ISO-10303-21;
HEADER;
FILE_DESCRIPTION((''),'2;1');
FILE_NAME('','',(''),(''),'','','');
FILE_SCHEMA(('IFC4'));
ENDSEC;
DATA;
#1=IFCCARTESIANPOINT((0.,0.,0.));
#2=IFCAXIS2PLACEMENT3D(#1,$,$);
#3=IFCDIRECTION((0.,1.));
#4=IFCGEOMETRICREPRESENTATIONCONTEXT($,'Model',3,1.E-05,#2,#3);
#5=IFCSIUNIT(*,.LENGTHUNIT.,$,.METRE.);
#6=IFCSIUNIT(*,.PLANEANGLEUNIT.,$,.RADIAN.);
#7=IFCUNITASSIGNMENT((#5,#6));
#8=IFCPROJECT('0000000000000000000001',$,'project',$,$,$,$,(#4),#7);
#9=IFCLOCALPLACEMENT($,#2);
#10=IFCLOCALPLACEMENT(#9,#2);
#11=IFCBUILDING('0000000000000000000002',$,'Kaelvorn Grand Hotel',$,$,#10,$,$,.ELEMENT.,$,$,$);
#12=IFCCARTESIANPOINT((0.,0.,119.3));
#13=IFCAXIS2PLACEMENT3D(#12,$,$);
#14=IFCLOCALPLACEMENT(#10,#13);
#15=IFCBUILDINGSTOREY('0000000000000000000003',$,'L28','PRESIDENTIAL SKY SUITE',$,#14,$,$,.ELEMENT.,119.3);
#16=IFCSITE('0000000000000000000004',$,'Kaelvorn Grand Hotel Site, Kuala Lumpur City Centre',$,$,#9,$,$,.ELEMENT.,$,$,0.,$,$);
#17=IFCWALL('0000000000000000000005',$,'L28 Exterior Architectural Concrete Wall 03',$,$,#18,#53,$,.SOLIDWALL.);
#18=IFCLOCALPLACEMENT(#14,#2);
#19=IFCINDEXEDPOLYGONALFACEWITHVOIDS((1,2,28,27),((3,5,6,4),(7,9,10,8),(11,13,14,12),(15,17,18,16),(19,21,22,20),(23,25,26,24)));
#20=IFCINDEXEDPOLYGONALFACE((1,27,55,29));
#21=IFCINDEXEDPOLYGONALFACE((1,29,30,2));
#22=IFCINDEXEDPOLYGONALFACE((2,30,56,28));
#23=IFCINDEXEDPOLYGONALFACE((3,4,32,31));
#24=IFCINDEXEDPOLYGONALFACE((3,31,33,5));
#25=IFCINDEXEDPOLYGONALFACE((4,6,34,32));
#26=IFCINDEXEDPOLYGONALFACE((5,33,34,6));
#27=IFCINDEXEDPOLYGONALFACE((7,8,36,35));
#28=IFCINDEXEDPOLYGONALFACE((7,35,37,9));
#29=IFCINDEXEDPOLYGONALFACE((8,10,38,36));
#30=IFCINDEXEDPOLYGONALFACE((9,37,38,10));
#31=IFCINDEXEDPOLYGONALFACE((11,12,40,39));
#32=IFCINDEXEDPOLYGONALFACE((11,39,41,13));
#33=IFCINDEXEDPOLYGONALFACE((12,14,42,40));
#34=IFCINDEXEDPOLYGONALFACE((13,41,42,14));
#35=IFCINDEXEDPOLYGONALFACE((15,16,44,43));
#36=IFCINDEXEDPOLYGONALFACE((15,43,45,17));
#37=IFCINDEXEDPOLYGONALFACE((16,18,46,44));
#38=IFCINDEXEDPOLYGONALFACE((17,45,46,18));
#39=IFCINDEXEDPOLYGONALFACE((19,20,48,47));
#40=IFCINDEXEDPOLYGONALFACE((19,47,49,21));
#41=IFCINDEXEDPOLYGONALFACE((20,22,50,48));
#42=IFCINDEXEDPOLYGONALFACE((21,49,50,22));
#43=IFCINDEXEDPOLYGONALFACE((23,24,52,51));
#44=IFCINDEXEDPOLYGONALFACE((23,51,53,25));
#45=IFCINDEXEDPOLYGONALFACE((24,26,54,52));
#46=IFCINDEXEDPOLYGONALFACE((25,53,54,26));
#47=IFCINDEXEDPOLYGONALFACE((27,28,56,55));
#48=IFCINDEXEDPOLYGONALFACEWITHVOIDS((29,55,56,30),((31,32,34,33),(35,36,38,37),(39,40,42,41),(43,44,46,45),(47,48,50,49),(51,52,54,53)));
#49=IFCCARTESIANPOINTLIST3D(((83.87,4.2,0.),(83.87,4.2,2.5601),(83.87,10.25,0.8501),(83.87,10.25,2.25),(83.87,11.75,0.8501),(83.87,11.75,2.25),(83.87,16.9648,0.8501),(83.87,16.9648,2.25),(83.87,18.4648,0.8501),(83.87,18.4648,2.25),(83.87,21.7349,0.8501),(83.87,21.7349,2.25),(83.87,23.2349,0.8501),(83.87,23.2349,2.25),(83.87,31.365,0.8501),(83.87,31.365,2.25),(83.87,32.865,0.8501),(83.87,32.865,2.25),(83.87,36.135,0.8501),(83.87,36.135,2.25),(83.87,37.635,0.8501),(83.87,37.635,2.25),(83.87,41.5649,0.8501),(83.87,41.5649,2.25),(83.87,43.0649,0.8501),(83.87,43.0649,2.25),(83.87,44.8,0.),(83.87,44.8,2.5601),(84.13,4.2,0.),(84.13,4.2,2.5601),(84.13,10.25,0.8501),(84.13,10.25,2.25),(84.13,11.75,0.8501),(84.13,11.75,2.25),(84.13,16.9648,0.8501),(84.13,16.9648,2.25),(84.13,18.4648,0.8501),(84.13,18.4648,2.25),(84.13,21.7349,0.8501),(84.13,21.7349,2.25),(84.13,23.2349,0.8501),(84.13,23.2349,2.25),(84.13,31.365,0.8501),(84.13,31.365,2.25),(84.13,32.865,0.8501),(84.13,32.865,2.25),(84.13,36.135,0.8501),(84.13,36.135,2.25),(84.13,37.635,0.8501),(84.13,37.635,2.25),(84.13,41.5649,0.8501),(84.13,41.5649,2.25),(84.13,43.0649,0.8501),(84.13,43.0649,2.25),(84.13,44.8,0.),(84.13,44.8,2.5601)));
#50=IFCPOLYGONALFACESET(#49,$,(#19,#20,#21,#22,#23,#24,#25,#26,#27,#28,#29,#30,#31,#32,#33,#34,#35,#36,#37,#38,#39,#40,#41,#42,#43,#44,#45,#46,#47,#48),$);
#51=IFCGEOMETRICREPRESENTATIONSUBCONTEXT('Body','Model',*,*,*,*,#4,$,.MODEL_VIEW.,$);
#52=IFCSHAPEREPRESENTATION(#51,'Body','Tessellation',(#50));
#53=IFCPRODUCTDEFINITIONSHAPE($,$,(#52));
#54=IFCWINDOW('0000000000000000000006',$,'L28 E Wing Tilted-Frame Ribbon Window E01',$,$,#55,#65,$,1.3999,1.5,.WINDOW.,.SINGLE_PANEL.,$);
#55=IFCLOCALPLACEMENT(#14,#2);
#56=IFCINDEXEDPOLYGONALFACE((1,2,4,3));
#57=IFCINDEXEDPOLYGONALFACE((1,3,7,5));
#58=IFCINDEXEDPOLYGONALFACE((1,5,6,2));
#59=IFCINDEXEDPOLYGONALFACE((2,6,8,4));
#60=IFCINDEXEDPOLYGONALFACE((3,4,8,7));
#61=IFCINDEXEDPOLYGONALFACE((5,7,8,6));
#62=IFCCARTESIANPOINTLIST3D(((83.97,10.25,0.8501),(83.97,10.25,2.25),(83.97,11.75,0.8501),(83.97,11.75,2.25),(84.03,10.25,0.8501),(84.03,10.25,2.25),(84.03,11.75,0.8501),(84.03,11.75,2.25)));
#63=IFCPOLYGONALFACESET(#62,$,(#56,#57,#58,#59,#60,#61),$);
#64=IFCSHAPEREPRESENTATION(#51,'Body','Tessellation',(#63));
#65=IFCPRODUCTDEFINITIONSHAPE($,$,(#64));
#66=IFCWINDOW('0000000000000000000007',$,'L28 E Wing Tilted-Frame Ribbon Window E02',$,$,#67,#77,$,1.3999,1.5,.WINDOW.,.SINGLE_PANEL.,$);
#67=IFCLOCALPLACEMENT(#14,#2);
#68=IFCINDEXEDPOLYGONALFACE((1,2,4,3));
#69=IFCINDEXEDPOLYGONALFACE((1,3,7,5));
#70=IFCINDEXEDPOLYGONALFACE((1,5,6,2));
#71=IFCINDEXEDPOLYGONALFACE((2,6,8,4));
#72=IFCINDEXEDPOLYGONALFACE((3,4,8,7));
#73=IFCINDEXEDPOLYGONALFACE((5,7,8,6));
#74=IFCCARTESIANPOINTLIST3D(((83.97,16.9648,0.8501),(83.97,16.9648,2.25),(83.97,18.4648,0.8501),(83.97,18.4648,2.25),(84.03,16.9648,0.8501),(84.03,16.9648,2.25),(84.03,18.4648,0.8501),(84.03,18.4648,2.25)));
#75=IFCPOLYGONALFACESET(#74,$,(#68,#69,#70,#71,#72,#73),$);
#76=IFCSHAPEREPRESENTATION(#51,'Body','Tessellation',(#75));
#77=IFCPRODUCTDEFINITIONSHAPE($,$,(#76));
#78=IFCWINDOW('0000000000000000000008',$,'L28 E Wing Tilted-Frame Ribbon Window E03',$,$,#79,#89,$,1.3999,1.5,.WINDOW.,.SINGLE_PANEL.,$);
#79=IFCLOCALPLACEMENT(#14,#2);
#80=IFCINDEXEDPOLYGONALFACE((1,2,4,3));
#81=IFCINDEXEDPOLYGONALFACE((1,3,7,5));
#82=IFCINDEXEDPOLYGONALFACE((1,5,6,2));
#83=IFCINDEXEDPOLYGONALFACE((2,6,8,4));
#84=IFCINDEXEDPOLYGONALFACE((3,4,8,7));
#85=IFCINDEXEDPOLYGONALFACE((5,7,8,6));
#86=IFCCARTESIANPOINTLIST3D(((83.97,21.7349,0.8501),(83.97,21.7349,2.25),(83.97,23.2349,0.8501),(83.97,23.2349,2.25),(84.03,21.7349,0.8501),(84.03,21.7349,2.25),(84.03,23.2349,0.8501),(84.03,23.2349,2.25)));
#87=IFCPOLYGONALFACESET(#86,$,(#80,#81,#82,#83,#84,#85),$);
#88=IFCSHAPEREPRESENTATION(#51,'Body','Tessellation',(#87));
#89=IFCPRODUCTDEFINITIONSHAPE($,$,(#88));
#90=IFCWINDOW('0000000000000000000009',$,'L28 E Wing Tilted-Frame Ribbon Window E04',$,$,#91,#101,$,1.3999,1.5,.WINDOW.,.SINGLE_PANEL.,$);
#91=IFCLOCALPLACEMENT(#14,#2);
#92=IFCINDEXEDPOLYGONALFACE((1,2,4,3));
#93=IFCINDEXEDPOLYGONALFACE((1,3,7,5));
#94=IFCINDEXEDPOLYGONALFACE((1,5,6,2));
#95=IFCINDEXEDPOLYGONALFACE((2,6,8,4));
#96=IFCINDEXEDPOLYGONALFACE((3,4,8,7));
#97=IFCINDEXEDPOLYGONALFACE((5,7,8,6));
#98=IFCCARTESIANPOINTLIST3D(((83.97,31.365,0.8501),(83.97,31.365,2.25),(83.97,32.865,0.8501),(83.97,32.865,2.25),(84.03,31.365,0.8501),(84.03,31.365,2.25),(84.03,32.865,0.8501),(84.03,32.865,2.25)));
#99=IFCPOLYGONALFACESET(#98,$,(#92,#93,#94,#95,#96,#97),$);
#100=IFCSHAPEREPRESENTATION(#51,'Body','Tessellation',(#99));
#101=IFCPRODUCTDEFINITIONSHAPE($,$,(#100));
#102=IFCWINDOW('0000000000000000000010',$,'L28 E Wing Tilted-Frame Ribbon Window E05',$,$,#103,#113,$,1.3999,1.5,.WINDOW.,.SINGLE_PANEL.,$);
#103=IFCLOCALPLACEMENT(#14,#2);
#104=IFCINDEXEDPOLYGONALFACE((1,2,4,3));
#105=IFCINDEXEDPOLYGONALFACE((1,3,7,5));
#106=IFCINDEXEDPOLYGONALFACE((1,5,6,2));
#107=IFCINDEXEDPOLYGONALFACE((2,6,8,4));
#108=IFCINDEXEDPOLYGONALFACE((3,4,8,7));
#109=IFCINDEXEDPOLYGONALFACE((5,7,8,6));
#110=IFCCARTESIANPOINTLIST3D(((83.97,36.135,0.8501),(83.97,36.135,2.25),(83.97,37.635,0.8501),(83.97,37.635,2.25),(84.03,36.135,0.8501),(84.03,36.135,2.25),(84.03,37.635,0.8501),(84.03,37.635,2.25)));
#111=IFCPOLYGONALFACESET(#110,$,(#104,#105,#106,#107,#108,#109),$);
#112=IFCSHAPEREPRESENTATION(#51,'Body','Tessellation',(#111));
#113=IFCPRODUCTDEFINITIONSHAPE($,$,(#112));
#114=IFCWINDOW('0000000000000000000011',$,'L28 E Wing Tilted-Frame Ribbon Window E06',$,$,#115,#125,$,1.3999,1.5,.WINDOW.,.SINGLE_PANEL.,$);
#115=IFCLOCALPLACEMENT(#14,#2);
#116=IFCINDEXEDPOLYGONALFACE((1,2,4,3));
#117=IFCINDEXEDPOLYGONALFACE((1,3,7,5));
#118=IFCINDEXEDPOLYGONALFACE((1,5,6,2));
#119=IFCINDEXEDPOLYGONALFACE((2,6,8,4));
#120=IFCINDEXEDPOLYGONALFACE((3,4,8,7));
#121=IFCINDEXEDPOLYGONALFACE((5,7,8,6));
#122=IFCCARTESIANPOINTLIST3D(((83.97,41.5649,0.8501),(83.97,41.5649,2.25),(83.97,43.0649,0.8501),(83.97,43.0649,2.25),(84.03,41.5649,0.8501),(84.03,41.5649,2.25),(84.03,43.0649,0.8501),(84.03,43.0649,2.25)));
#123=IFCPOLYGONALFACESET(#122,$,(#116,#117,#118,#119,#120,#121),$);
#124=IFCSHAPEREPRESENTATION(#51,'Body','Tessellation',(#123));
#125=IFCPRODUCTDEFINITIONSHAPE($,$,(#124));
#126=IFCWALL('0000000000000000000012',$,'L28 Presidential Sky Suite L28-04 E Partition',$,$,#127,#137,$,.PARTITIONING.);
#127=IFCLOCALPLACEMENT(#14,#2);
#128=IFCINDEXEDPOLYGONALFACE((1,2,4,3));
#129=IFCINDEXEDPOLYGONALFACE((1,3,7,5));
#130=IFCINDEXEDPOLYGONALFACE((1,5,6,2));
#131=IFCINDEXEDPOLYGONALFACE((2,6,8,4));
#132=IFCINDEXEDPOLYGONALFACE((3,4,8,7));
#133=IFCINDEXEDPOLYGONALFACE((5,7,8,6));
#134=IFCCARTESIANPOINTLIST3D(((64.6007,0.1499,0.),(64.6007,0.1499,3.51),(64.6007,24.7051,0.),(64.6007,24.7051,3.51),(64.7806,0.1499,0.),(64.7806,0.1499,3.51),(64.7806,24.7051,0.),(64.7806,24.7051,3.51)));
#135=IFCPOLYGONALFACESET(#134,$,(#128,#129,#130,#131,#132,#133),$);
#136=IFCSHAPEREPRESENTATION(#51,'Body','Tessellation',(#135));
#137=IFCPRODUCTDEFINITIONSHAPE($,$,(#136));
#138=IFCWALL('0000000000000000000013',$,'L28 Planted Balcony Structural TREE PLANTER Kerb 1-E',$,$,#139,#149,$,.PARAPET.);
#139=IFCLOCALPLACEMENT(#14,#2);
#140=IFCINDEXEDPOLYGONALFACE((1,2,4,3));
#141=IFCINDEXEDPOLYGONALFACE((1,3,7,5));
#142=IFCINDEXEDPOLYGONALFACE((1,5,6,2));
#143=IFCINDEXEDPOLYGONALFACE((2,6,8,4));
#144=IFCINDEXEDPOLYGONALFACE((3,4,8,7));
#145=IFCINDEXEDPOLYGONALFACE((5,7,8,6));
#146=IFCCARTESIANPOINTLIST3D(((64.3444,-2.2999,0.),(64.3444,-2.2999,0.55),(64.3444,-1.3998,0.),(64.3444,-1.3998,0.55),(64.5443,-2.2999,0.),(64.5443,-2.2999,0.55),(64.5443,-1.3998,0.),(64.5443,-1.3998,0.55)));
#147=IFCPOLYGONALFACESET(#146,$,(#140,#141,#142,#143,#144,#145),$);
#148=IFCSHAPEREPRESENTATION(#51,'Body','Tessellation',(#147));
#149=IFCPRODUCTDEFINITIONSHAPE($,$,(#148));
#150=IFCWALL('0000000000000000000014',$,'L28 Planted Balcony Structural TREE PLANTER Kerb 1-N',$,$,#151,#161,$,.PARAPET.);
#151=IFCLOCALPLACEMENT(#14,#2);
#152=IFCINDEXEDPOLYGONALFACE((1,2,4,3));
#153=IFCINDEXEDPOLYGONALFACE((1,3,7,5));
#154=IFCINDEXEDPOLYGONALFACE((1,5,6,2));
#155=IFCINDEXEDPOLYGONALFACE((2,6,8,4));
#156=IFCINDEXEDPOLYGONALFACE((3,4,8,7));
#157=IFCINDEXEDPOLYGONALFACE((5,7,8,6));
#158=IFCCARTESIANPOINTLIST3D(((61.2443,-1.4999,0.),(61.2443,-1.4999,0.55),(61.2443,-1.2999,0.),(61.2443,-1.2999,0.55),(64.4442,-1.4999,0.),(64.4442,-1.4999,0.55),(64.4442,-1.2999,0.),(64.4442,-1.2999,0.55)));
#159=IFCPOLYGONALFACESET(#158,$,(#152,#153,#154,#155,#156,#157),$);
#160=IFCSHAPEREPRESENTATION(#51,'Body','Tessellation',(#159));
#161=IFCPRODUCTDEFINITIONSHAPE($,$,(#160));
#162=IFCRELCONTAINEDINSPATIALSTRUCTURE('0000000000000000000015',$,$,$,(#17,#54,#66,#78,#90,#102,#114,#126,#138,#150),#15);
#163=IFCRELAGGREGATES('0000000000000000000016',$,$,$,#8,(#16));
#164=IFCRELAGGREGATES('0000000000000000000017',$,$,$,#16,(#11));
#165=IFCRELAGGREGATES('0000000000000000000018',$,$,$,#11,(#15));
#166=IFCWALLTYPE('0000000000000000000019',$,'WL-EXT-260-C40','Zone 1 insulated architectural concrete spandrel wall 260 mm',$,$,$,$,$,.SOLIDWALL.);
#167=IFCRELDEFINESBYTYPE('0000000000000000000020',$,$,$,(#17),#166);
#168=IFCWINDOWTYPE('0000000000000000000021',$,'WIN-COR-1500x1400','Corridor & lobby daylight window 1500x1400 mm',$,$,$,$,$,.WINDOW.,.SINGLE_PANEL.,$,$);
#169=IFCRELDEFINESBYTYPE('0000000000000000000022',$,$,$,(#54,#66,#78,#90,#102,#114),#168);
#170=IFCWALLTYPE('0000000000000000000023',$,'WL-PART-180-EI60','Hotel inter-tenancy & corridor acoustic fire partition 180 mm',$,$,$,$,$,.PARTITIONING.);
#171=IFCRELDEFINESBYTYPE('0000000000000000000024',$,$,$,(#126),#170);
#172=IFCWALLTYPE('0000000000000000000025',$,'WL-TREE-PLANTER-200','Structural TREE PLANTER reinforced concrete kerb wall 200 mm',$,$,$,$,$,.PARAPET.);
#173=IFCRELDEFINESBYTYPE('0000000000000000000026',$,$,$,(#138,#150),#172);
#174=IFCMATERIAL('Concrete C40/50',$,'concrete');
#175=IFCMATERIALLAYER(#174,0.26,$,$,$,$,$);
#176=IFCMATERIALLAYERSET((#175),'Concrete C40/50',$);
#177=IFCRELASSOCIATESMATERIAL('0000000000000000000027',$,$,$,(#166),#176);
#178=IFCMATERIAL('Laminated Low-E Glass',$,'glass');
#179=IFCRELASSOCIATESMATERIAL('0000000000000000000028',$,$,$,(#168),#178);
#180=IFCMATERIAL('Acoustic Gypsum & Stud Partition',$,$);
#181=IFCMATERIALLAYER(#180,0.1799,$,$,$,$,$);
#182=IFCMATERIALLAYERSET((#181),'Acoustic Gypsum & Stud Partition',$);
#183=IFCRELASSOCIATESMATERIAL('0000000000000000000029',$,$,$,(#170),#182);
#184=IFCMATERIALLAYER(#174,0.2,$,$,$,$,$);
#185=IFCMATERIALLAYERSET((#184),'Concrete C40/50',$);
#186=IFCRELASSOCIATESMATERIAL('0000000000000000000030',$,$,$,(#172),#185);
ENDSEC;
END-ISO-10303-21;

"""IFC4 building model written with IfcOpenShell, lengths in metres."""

from ifc_helpers import new_model, si_unit, direction, frame, frame_2d, origin, place, context, subcontext, project, spatial, rectangle, extrude, material, layer, layer_set, type_object, element, fill, save


model = new_model("IFC4")

# Units and contexts
model_context = context("Model", 3, precision=1e-05, world=origin(), true_north=direction((0.0, 1.0)))
body_context = subcontext(model_context, "Body", "Model", "MODEL_VIEW")
ifc_project = project(units=[si_unit("LENGTHUNIT", "METRE"), si_unit("PLANEANGLEUNIT", "RADIAN")], contexts=[model_context])

# Site, building, storey
site_placement = place(None, origin())
site = spatial("IfcSite", under=ifc_project, at=site_placement, Name="Kaelvorn Grand Hotel Site, Kuala Lumpur City Centre", CompositionType="ELEMENT", RefElevation=0.0)
building_placement = place(site_placement, origin())
building = spatial("IfcBuilding", under=site, at=building_placement, Name="Kaelvorn Grand Hotel", CompositionType="ELEMENT")
storey_placement = place(building_placement, frame((0.0, 0.0, 119.3)))
storey = spatial("IfcBuildingStorey", under=building, at=storey_placement, Name="L28", Description="PRESIDENTIAL SKY SUITE", CompositionType="ELEMENT", Elevation=119.3)

# Shared definitions
ifc_material_1 = material(Name="Concrete C40/50", Category="concrete")
ifc_layer_1 = layer(ifc_material_1, 0.26)
ifc_layer_set_1 = layer_set([ifc_layer_1], Name="Concrete C40/50")
wall_type_1 = type_object("IfcWallType", Name="WL-EXT-260-C40", Description="Zone 1 insulated architectural concrete spandrel wall 260 mm", PredefinedType="SOLIDWALL", material=ifc_layer_set_1)

# Wall, openings, windows
wall_1_placement = place(storey_placement, frame((84.0, 4.2, 0.0), z_axis=(0.0, 0.0, 1.0), x_axis=(0.0, 1.0, 0.0)))
wall_1 = element("IfcWall", 1, at=wall_1_placement, inside=storey, type_object=wall_type_1, Name="L28 Exterior Architectural Concrete Wall 03", PredefinedType="SOLIDWALL", context=body_context, shape_type="SweptSolid", body=[
    extrude(rectangle(XDim=40.6001, YDim=0.26, at=frame_2d((20.3, 0.0))), origin(), (0.0, 0.0, 1.0), 2.5601),
])
opening_1_placement = place(wall_1_placement, frame((6.05, 0.0, 0.8501)))
opening_1 = element("IfcOpeningElement", 2, at=opening_1_placement, cuts=wall_1, PredefinedType="OPENING", context=body_context, shape_type="SweptSolid", body=[
    extrude(rectangle(XDim=1.5, YDim=1.3999, at=frame_2d((0.75, 0.7))), frame((0.0, 0.1401, 0.0), z_axis=(0.0, -1.0, 0.0), x_axis=(1.0, 0.0, 0.0)), (0.0, 0.0, 1.0), 0.28),
])
opening_2_placement = place(wall_1_placement, frame((12.7649, 0.0, 0.8501)))
opening_2 = element("IfcOpeningElement", 3, at=opening_2_placement, cuts=wall_1, PredefinedType="OPENING", context=body_context, shape_type="SweptSolid", body=[
    extrude(rectangle(XDim=1.5, YDim=1.3999, at=frame_2d((0.75, 0.7))), frame((0.0, 0.1401, 0.0), z_axis=(0.0, -1.0, 0.0), x_axis=(1.0, 0.0, 0.0)), (0.0, 0.0, 1.0), 0.28),
])
opening_3_placement = place(wall_1_placement, frame((17.5349, 0.0, 0.8501)))
opening_3 = element("IfcOpeningElement", 4, at=opening_3_placement, cuts=wall_1, PredefinedType="OPENING", context=body_context, shape_type="SweptSolid", body=[
    extrude(rectangle(XDim=1.5, YDim=1.3999, at=frame_2d((0.75, 0.7))), frame((0.0, 0.1401, 0.0), z_axis=(0.0, -1.0, 0.0), x_axis=(1.0, 0.0, 0.0)), (0.0, 0.0, 1.0), 0.28),
])
opening_4_placement = place(wall_1_placement, frame((27.165, 0.0, 0.8501)))
opening_4 = element("IfcOpeningElement", 5, at=opening_4_placement, cuts=wall_1, PredefinedType="OPENING", context=body_context, shape_type="SweptSolid", body=[
    extrude(rectangle(XDim=1.5, YDim=1.3999, at=frame_2d((0.75, 0.7))), frame((0.0, 0.1401, 0.0), z_axis=(0.0, -1.0, 0.0), x_axis=(1.0, 0.0, 0.0)), (0.0, 0.0, 1.0), 0.28),
])
opening_5_placement = place(wall_1_placement, frame((31.9351, 0.0, 0.8501)))
opening_5 = element("IfcOpeningElement", 6, at=opening_5_placement, cuts=wall_1, PredefinedType="OPENING", context=body_context, shape_type="SweptSolid", body=[
    extrude(rectangle(XDim=1.5, YDim=1.3999, at=frame_2d((0.75, 0.7))), frame((0.0, 0.1401, 0.0), z_axis=(0.0, -1.0, 0.0), x_axis=(1.0, 0.0, 0.0)), (0.0, 0.0, 1.0), 0.28),
])
opening_6_placement = place(wall_1_placement, frame((37.365, 0.0, 0.8501)))
opening_6 = element("IfcOpeningElement", 7, at=opening_6_placement, cuts=wall_1, PredefinedType="OPENING", context=body_context, shape_type="SweptSolid", body=[
    extrude(rectangle(XDim=1.5, YDim=1.3999, at=frame_2d((0.75, 0.7))), frame((0.0, 0.1401, 0.0), z_axis=(0.0, -1.0, 0.0), x_axis=(1.0, 0.0, 0.0)), (0.0, 0.0, 1.0), 0.28),
])
ifc_material_2 = material(Name="Laminated Low-E Glass", Category="glass")
window_type = type_object("IfcWindowType", Name="WIN-COR-1500x1400", Description="Corridor & lobby daylight window 1500x1400 mm", PartitioningType="SINGLE_PANEL", PredefinedType="WINDOW", material=ifc_material_2)
window_1_placement = place(opening_1_placement, origin())
window_1 = element("IfcWindow", 8, at=window_1_placement, inside=storey, type_object=window_type, Name="L28 E Wing Tilted-Frame Ribbon Window E01", OverallHeight=1.3999, OverallWidth=1.5, PartitioningType="SINGLE_PANEL", PredefinedType="WINDOW", context=body_context, shape_type="SweptSolid", body=[
    extrude(rectangle(XDim=1.5, YDim=1.3999, at=frame_2d((0.75, 0.7))), frame((0.0, 0.03, 0.0), z_axis=(0.0, -1.0, 0.0), x_axis=(1.0, 0.0, 0.0)), (0.0, 0.0, 1.0), 0.0601),
])
fill(opening_1, window_1)
window_2_placement = place(opening_2_placement, origin())
window_2 = element("IfcWindow", 9, at=window_2_placement, inside=storey, type_object=window_type, Name="L28 E Wing Tilted-Frame Ribbon Window E02", OverallHeight=1.3999, OverallWidth=1.5, PartitioningType="SINGLE_PANEL", PredefinedType="WINDOW", context=body_context, shape_type="SweptSolid", body=[
    extrude(rectangle(XDim=1.5, YDim=1.3999, at=frame_2d((0.75, 0.7))), frame((0.0, 0.03, 0.0), z_axis=(0.0, -1.0, 0.0), x_axis=(1.0, 0.0, 0.0)), (0.0, 0.0, 1.0), 0.0601),
])
fill(opening_2, window_2)
window_3_placement = place(opening_3_placement, origin())
window_3 = element("IfcWindow", 10, at=window_3_placement, inside=storey, type_object=window_type, Name="L28 E Wing Tilted-Frame Ribbon Window E03", OverallHeight=1.3999, OverallWidth=1.5, PartitioningType="SINGLE_PANEL", PredefinedType="WINDOW", context=body_context, shape_type="SweptSolid", body=[
    extrude(rectangle(XDim=1.5, YDim=1.3999, at=frame_2d((0.75, 0.7))), frame((0.0, 0.03, 0.0), z_axis=(0.0, -1.0, 0.0), x_axis=(1.0, 0.0, 0.0)), (0.0, 0.0, 1.0), 0.0601),
])
fill(opening_3, window_3)
window_4_placement = place(opening_4_placement, origin())
window_4 = element("IfcWindow", 11, at=window_4_placement, inside=storey, type_object=window_type, Name="L28 E Wing Tilted-Frame Ribbon Window E04", OverallHeight=1.3999, OverallWidth=1.5, PartitioningType="SINGLE_PANEL", PredefinedType="WINDOW", context=body_context, shape_type="SweptSolid", body=[
    extrude(rectangle(XDim=1.5, YDim=1.3999, at=frame_2d((0.75, 0.7))), frame((0.0, 0.03, 0.0), z_axis=(0.0, -1.0, 0.0), x_axis=(1.0, 0.0, 0.0)), (0.0, 0.0, 1.0), 0.0601),
])
fill(opening_4, window_4)
window_5_placement = place(opening_5_placement, origin())
window_5 = element("IfcWindow", 12, at=window_5_placement, inside=storey, type_object=window_type, Name="L28 E Wing Tilted-Frame Ribbon Window E05", OverallHeight=1.3999, OverallWidth=1.5, PartitioningType="SINGLE_PANEL", PredefinedType="WINDOW", context=body_context, shape_type="SweptSolid", body=[
    extrude(rectangle(XDim=1.5, YDim=1.3999, at=frame_2d((0.75, 0.7))), frame((0.0, 0.03, 0.0), z_axis=(0.0, -1.0, 0.0), x_axis=(1.0, 0.0, 0.0)), (0.0, 0.0, 1.0), 0.0601),
])
fill(opening_5, window_5)
window_6_placement = place(opening_6_placement, origin())
window_6 = element("IfcWindow", 13, at=window_6_placement, inside=storey, type_object=window_type, Name="L28 E Wing Tilted-Frame Ribbon Window E06", OverallHeight=1.3999, OverallWidth=1.5, PartitioningType="SINGLE_PANEL", PredefinedType="WINDOW", context=body_context, shape_type="SweptSolid", body=[
    extrude(rectangle(XDim=1.5, YDim=1.3999, at=frame_2d((0.75, 0.7))), frame((0.0, 0.03, 0.0), z_axis=(0.0, -1.0, 0.0), x_axis=(1.0, 0.0, 0.0)), (0.0, 0.0, 1.0), 0.0601),
])
fill(opening_6, window_6)

# Walls
ifc_material_3 = material(Name="Acoustic Gypsum & Stud Partition")
ifc_layer_2 = layer(ifc_material_3, 0.1799)
ifc_layer_set_2 = layer_set([ifc_layer_2], Name="Acoustic Gypsum & Stud Partition")
wall_type_2 = type_object("IfcWallType", Name="WL-PART-180-EI60", Description="Hotel inter-tenancy & corridor acoustic fire partition 180 mm", PredefinedType="PARTITIONING", material=ifc_layer_set_2)
wall_2_placement = place(storey_placement, frame((64.6907, 0.1499, 0.0), z_axis=(0.0, 0.0, 1.0), x_axis=(0.0, 1.0, 0.0)))
element("IfcWall", 14, at=wall_2_placement, inside=storey, type_object=wall_type_2, Name="L28 Presidential Sky Suite L28-04 E Partition", PredefinedType="PARTITIONING", context=body_context, shape_type="SweptSolid", body=[
    extrude(rectangle(XDim=24.5552, YDim=0.1799, at=frame_2d((12.2776, 0.0))), origin(), (0.0, 0.0, 1.0), 3.51),
])
ifc_layer_3 = layer(ifc_material_1, 0.2)
ifc_layer_set_3 = layer_set([ifc_layer_3], Name="Concrete C40/50")
wall_type_3 = type_object("IfcWallType", Name="WL-TREE-PLANTER-200", Description="Structural TREE PLANTER reinforced concrete kerb wall 200 mm", PredefinedType="PARAPET", material=ifc_layer_set_3)
wall_3_placement = place(storey_placement, frame((64.4443, -2.3, 0.0), z_axis=(0.0, 0.0, 1.0), x_axis=(0.0, 1.0, 0.0)))
element("IfcWall", 15, at=wall_3_placement, inside=storey, type_object=wall_type_3, Name="L28 Planted Balcony Structural TREE PLANTER Kerb 1-E", PredefinedType="PARAPET", context=body_context, shape_type="SweptSolid", body=[
    extrude(rectangle(XDim=0.9001, YDim=0.2, at=frame_2d((0.4502, 0.0))), origin(), (0.0, 0.0, 1.0), 0.55),
])
wall_4_placement = place(storey_placement, frame((64.4443, -1.3999, 0.0), z_axis=(0.0, 0.0, 1.0), x_axis=(-1.0, 0.0, 0.0)))
element("IfcWall", 16, at=wall_4_placement, inside=storey, type_object=wall_type_3, Name="L28 Planted Balcony Structural TREE PLANTER Kerb 1-N", PredefinedType="PARAPET", context=body_context, shape_type="SweptSolid", body=[
    extrude(rectangle(XDim=3.2, YDim=0.2, at=frame_2d((1.6001, 0.0))), origin(), (0.0, 0.0, 1.0), 0.55),
])

save(model, "model.ifc")
